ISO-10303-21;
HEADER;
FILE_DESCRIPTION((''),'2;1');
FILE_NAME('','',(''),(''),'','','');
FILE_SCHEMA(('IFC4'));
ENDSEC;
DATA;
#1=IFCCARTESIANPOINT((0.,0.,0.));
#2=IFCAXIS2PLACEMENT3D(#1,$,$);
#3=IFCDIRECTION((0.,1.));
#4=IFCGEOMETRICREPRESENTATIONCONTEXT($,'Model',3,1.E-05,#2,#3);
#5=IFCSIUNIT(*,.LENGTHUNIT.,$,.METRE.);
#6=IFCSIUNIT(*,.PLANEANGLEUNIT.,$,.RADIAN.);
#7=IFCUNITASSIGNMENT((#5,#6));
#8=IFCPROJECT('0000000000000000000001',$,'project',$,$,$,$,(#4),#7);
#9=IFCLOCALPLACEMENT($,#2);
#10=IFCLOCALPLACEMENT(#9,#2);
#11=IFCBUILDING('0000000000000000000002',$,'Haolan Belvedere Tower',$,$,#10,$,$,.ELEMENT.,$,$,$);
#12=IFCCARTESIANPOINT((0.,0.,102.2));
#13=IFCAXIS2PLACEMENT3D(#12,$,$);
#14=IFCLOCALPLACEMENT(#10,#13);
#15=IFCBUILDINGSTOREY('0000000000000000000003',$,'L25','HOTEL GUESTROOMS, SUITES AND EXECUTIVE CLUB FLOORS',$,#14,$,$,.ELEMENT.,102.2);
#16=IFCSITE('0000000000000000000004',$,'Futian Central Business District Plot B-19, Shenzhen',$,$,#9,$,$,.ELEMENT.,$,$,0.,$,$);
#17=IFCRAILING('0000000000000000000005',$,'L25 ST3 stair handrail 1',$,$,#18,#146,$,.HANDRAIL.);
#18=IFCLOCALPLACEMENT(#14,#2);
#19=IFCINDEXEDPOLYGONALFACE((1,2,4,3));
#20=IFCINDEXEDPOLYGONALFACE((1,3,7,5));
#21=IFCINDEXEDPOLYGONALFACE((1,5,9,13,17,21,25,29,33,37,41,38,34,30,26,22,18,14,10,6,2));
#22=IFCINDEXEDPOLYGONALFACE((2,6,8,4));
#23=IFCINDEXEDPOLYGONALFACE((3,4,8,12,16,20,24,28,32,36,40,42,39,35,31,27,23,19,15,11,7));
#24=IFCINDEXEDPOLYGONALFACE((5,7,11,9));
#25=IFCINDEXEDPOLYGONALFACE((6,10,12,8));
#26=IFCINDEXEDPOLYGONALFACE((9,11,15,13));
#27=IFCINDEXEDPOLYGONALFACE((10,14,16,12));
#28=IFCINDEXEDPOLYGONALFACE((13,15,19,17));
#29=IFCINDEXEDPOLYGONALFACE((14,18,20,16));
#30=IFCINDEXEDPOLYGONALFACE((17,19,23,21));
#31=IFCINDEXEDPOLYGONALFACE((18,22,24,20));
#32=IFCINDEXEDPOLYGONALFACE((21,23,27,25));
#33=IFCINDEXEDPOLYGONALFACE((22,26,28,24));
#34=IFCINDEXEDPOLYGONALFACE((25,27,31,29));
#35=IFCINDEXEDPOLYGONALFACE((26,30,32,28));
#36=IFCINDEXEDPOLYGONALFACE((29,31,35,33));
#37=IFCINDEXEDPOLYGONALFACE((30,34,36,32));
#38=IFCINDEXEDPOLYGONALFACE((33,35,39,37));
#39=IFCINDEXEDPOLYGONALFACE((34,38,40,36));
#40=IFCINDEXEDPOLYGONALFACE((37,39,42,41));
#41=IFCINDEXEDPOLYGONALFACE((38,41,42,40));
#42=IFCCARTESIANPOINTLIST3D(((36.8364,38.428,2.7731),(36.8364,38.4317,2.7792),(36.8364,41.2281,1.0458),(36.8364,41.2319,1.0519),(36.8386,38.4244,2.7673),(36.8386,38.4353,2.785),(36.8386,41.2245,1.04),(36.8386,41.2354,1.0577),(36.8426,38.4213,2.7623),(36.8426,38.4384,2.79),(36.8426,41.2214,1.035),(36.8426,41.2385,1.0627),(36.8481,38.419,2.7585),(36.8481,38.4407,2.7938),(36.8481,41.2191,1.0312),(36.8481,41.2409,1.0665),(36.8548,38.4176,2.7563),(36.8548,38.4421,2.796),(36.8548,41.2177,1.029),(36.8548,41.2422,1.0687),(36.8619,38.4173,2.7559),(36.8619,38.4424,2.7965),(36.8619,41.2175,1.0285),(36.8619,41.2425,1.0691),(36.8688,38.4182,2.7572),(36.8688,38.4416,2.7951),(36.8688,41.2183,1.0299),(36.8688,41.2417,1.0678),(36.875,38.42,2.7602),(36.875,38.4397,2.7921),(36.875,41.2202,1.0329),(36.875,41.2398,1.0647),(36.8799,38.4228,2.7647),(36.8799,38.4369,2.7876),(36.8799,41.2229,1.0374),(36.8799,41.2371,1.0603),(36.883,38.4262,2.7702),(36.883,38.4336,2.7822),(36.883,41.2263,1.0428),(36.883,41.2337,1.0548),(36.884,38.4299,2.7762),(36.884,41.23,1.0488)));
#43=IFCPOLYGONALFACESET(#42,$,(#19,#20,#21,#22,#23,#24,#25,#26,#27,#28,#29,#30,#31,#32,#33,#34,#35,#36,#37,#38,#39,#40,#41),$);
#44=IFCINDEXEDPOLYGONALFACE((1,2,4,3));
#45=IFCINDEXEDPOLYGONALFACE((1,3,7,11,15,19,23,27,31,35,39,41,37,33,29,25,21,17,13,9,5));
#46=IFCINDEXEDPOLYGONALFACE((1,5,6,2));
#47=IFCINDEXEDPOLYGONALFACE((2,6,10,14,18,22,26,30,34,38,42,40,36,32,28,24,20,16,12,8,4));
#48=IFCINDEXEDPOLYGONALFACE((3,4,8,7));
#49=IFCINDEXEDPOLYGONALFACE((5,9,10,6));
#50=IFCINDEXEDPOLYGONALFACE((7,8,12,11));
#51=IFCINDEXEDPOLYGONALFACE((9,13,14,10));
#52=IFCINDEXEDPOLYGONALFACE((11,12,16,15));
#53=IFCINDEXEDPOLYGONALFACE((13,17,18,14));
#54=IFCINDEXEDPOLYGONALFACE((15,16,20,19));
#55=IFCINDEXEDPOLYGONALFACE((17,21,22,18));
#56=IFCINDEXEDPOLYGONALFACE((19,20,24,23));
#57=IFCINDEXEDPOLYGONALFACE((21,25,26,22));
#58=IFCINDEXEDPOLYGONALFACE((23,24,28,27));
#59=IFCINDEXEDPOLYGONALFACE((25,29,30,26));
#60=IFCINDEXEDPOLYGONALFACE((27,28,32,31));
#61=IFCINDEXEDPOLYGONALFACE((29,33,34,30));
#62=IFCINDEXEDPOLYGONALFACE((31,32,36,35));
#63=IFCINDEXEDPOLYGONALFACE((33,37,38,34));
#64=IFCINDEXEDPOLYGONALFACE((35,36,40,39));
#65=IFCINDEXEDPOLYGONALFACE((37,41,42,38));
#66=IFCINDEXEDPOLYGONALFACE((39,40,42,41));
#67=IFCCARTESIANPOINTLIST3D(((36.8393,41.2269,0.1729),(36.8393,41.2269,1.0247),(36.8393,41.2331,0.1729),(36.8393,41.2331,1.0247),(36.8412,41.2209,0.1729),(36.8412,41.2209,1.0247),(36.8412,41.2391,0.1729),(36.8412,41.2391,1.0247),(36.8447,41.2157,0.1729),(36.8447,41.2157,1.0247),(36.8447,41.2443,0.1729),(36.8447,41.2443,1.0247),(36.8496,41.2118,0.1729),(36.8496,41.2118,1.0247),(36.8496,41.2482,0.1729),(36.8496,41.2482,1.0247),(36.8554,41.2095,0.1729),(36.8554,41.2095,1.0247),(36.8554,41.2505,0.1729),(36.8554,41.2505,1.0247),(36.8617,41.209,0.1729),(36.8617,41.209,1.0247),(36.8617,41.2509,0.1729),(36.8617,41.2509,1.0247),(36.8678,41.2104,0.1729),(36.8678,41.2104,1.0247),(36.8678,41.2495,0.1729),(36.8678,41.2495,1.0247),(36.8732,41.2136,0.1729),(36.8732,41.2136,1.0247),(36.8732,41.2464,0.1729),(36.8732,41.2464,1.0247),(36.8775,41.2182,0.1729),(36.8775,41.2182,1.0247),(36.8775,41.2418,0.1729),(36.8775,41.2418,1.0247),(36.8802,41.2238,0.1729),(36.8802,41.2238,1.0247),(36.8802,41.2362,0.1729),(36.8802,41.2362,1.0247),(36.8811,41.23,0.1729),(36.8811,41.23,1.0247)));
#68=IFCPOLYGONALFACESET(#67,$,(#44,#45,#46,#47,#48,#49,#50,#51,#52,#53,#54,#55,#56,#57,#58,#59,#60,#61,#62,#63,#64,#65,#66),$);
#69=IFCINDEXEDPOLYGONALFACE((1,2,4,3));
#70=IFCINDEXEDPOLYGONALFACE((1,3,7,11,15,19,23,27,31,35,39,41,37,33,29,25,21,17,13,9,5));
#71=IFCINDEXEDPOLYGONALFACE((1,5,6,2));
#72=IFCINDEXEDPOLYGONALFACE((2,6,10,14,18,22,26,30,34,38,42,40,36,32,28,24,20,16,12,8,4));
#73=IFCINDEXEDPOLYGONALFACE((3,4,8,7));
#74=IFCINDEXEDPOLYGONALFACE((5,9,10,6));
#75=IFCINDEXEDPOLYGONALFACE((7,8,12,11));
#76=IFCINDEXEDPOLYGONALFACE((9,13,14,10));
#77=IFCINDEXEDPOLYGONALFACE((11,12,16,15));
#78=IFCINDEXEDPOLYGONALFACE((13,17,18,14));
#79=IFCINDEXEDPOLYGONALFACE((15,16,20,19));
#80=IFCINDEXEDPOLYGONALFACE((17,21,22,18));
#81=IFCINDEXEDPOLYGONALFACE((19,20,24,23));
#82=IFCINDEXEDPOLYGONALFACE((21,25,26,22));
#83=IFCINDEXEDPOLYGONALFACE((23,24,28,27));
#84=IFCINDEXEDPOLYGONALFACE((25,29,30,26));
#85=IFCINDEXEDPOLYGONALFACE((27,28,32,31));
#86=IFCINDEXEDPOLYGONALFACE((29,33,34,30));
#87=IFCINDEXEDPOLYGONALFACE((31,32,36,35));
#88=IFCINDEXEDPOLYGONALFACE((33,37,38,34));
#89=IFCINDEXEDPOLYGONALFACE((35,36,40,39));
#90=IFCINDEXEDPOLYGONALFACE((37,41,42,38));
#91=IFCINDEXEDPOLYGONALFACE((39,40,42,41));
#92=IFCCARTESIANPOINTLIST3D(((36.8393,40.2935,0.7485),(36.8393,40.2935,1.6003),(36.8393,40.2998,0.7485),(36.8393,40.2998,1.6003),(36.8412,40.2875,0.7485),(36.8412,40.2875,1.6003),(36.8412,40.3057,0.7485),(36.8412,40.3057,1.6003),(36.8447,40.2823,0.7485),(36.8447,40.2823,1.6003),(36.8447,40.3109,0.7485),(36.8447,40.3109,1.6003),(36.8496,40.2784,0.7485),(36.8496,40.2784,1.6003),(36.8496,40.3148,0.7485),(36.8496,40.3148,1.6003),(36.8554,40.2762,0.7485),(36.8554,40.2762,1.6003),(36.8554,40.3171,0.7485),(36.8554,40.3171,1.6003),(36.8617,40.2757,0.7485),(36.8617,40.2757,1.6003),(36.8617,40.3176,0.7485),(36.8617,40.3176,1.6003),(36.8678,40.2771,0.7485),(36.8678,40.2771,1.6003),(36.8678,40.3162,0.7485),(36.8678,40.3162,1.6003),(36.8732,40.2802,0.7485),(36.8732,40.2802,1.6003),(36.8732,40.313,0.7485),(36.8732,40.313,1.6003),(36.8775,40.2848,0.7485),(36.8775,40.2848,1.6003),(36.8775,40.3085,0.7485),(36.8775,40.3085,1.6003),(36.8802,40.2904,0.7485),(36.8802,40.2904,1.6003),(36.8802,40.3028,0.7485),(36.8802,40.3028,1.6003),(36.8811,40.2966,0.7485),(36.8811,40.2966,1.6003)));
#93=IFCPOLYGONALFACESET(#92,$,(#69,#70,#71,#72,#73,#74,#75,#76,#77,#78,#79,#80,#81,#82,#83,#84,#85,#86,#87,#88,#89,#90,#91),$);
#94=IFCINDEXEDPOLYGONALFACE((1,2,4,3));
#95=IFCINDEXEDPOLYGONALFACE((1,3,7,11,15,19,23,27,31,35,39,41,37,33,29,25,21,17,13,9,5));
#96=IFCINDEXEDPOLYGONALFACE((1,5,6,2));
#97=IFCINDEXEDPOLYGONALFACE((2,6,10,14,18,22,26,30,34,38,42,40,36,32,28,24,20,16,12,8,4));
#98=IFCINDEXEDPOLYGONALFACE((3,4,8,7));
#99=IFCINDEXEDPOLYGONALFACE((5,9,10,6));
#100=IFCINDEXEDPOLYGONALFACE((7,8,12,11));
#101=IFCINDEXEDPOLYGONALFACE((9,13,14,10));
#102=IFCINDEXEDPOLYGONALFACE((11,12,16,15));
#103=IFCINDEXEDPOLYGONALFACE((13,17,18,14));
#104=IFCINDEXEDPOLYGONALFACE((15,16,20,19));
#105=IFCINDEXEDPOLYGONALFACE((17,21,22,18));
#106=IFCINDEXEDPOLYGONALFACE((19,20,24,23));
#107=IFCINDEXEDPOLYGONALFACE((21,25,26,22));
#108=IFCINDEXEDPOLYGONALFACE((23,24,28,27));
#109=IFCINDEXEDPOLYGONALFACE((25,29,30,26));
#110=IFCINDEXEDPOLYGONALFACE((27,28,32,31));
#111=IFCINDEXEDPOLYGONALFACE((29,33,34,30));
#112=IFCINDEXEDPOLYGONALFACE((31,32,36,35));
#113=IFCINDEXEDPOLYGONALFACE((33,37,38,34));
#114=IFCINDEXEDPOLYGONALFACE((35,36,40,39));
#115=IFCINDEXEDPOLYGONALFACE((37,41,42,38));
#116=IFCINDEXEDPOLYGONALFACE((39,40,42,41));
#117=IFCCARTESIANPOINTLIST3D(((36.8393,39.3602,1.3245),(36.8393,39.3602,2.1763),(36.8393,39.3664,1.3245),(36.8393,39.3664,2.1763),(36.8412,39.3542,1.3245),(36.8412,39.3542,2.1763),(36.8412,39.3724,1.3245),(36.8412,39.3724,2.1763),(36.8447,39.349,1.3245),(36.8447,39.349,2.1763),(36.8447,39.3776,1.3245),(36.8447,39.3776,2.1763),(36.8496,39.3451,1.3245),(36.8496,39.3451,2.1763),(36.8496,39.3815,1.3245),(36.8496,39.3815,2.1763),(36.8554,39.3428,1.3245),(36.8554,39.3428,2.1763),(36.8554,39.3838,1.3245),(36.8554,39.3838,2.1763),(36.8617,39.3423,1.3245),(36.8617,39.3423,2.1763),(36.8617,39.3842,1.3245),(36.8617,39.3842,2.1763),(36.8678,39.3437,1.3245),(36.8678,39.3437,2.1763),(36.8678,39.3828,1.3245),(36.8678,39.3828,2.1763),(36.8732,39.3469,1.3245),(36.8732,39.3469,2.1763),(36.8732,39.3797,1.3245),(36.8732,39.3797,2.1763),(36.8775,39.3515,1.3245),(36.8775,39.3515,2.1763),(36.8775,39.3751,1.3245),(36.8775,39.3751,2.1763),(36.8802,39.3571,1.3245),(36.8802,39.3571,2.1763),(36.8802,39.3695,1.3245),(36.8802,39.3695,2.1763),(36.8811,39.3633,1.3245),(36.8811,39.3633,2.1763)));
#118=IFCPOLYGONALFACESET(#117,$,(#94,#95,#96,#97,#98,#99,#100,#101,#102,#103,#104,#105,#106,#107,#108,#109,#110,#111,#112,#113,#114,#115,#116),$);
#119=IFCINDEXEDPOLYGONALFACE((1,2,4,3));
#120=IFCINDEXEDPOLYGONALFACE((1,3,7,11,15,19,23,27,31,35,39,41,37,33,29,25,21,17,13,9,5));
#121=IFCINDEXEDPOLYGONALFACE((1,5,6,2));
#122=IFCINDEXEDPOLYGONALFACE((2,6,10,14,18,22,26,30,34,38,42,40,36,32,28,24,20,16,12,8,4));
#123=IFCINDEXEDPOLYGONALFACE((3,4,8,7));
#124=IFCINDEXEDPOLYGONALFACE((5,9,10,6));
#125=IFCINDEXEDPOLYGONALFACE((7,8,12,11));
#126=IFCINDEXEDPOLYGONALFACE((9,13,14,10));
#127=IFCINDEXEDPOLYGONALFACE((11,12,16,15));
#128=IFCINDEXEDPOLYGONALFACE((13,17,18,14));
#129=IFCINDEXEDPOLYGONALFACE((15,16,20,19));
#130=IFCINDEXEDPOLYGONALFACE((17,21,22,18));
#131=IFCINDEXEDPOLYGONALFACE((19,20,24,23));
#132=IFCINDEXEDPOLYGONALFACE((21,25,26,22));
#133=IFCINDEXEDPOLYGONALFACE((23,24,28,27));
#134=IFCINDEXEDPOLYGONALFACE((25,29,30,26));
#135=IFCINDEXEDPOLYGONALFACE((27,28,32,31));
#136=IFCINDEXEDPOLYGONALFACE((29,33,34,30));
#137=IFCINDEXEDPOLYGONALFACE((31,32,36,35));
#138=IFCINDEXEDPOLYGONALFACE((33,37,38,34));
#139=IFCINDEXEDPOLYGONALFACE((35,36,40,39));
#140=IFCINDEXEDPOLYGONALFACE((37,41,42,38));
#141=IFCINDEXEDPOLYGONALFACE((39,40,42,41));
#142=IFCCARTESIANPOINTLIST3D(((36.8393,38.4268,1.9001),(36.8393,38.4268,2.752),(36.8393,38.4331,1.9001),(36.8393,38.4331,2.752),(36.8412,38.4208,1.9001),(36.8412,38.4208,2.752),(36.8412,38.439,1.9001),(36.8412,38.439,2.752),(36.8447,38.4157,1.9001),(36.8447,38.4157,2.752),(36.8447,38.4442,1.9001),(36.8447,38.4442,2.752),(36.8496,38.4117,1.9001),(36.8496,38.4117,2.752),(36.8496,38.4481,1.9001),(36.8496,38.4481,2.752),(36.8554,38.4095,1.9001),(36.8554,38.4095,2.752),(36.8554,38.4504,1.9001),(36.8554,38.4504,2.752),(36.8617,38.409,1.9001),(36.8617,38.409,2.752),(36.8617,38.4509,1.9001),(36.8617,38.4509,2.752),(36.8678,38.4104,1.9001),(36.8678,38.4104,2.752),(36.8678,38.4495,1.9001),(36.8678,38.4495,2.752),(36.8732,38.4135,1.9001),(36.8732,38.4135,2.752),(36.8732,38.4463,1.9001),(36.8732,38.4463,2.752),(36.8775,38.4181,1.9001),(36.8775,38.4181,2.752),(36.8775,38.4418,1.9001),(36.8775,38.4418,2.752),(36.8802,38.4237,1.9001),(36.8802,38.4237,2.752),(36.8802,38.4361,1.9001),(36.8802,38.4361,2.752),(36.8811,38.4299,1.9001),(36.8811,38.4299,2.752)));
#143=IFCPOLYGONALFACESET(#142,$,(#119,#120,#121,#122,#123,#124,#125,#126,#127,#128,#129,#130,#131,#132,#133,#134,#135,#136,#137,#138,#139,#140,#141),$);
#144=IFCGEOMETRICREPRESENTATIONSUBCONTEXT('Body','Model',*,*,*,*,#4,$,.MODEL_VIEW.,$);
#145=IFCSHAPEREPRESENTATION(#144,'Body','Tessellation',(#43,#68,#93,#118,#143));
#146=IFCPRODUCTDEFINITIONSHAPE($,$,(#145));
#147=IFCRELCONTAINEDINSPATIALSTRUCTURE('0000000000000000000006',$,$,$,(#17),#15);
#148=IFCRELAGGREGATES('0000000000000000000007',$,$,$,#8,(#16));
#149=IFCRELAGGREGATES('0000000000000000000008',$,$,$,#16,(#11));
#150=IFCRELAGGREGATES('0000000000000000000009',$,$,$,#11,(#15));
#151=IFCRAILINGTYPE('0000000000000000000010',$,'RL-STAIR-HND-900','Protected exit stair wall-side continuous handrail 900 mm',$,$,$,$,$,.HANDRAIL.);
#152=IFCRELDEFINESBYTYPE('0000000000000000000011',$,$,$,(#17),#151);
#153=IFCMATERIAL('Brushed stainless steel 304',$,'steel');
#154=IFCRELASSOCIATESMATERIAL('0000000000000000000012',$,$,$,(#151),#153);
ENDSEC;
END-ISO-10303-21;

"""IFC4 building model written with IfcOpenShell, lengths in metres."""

from ifc_helpers import new_model, si_unit, direction, frame, origin, origin_2d, place, context, subcontext, project, spatial, circle, extrude, material, type_object, element, save


model = new_model("IFC4")

# Units and contexts
model_context = context("Model", 3, precision=1e-05, world=origin(), true_north=direction((0.0, 1.0)))
body_context = subcontext(model_context, "Body", "Model", "MODEL_VIEW")
ifc_project = project(units=[si_unit("LENGTHUNIT", "METRE"), si_unit("PLANEANGLEUNIT", "RADIAN")], contexts=[model_context])

# Site, building, storey
site_placement = place(None, origin())
site = spatial("IfcSite", under=ifc_project, at=site_placement, Name="Futian Central Business District Plot B-19, Shenzhen", CompositionType="ELEMENT", RefElevation=0.0)
building_placement = place(site_placement, origin())
building = spatial("IfcBuilding", under=site, at=building_placement, Name="Haolan Belvedere Tower", CompositionType="ELEMENT")
storey_placement = place(building_placement, frame((0.0, 0.0, 102.2)))
storey = spatial("IfcBuildingStorey", under=building, at=storey_placement, Name="L25", Description="HOTEL GUESTROOMS, SUITES AND EXECUTIVE CLUB FLOORS", CompositionType="ELEMENT", Elevation=102.2)

# Railing
ifc_material_1 = material(Name="Brushed stainless steel 304", Category="steel")
railing_type_1 = type_object("IfcRailingType", Name="RL-STAIR-HND-900", Description="Protected exit stair wall-side continuous handrail 900 mm", PredefinedType="HANDRAIL", material=ifc_material_1)
railing_1_placement = place(storey_placement, frame((36.8601, 41.23, 0.1729)))
element("IfcRailing", 1, at=railing_1_placement, inside=storey, type_object=railing_type_1, Name="L25 ST3 stair handrail 1", PredefinedType="HANDRAIL", context=body_context, shape_type="SweptSolid", body=[
    extrude(circle(Radius=0.0239, at=origin_2d()), frame((0.0, 0.0, 0.876), z_axis=(0.0, -0.85109, 0.52502), x_axis=(1.0, 0.0, 0.0)), (0.0, 0.0, 1.0), 3.29),
    extrude(circle(Radius=0.021, at=origin_2d()), origin(), (0.0, 0.0, 1.0), 0.8518),
    extrude(circle(Radius=0.021, at=origin_2d()), frame((0.0, -0.9333, 0.5757)), (0.0, 0.0, 1.0), 0.8518),
    extrude(circle(Radius=0.021, at=origin_2d()), frame((0.0, -1.8667, 1.1516)), (0.0, 0.0, 1.0), 0.8518),
    extrude(circle(Radius=0.021, at=origin_2d()), frame((0.0, -2.8, 1.7273)), (0.0, 0.0, 1.0), 0.8518),
])

save(model, "model.ifc")
